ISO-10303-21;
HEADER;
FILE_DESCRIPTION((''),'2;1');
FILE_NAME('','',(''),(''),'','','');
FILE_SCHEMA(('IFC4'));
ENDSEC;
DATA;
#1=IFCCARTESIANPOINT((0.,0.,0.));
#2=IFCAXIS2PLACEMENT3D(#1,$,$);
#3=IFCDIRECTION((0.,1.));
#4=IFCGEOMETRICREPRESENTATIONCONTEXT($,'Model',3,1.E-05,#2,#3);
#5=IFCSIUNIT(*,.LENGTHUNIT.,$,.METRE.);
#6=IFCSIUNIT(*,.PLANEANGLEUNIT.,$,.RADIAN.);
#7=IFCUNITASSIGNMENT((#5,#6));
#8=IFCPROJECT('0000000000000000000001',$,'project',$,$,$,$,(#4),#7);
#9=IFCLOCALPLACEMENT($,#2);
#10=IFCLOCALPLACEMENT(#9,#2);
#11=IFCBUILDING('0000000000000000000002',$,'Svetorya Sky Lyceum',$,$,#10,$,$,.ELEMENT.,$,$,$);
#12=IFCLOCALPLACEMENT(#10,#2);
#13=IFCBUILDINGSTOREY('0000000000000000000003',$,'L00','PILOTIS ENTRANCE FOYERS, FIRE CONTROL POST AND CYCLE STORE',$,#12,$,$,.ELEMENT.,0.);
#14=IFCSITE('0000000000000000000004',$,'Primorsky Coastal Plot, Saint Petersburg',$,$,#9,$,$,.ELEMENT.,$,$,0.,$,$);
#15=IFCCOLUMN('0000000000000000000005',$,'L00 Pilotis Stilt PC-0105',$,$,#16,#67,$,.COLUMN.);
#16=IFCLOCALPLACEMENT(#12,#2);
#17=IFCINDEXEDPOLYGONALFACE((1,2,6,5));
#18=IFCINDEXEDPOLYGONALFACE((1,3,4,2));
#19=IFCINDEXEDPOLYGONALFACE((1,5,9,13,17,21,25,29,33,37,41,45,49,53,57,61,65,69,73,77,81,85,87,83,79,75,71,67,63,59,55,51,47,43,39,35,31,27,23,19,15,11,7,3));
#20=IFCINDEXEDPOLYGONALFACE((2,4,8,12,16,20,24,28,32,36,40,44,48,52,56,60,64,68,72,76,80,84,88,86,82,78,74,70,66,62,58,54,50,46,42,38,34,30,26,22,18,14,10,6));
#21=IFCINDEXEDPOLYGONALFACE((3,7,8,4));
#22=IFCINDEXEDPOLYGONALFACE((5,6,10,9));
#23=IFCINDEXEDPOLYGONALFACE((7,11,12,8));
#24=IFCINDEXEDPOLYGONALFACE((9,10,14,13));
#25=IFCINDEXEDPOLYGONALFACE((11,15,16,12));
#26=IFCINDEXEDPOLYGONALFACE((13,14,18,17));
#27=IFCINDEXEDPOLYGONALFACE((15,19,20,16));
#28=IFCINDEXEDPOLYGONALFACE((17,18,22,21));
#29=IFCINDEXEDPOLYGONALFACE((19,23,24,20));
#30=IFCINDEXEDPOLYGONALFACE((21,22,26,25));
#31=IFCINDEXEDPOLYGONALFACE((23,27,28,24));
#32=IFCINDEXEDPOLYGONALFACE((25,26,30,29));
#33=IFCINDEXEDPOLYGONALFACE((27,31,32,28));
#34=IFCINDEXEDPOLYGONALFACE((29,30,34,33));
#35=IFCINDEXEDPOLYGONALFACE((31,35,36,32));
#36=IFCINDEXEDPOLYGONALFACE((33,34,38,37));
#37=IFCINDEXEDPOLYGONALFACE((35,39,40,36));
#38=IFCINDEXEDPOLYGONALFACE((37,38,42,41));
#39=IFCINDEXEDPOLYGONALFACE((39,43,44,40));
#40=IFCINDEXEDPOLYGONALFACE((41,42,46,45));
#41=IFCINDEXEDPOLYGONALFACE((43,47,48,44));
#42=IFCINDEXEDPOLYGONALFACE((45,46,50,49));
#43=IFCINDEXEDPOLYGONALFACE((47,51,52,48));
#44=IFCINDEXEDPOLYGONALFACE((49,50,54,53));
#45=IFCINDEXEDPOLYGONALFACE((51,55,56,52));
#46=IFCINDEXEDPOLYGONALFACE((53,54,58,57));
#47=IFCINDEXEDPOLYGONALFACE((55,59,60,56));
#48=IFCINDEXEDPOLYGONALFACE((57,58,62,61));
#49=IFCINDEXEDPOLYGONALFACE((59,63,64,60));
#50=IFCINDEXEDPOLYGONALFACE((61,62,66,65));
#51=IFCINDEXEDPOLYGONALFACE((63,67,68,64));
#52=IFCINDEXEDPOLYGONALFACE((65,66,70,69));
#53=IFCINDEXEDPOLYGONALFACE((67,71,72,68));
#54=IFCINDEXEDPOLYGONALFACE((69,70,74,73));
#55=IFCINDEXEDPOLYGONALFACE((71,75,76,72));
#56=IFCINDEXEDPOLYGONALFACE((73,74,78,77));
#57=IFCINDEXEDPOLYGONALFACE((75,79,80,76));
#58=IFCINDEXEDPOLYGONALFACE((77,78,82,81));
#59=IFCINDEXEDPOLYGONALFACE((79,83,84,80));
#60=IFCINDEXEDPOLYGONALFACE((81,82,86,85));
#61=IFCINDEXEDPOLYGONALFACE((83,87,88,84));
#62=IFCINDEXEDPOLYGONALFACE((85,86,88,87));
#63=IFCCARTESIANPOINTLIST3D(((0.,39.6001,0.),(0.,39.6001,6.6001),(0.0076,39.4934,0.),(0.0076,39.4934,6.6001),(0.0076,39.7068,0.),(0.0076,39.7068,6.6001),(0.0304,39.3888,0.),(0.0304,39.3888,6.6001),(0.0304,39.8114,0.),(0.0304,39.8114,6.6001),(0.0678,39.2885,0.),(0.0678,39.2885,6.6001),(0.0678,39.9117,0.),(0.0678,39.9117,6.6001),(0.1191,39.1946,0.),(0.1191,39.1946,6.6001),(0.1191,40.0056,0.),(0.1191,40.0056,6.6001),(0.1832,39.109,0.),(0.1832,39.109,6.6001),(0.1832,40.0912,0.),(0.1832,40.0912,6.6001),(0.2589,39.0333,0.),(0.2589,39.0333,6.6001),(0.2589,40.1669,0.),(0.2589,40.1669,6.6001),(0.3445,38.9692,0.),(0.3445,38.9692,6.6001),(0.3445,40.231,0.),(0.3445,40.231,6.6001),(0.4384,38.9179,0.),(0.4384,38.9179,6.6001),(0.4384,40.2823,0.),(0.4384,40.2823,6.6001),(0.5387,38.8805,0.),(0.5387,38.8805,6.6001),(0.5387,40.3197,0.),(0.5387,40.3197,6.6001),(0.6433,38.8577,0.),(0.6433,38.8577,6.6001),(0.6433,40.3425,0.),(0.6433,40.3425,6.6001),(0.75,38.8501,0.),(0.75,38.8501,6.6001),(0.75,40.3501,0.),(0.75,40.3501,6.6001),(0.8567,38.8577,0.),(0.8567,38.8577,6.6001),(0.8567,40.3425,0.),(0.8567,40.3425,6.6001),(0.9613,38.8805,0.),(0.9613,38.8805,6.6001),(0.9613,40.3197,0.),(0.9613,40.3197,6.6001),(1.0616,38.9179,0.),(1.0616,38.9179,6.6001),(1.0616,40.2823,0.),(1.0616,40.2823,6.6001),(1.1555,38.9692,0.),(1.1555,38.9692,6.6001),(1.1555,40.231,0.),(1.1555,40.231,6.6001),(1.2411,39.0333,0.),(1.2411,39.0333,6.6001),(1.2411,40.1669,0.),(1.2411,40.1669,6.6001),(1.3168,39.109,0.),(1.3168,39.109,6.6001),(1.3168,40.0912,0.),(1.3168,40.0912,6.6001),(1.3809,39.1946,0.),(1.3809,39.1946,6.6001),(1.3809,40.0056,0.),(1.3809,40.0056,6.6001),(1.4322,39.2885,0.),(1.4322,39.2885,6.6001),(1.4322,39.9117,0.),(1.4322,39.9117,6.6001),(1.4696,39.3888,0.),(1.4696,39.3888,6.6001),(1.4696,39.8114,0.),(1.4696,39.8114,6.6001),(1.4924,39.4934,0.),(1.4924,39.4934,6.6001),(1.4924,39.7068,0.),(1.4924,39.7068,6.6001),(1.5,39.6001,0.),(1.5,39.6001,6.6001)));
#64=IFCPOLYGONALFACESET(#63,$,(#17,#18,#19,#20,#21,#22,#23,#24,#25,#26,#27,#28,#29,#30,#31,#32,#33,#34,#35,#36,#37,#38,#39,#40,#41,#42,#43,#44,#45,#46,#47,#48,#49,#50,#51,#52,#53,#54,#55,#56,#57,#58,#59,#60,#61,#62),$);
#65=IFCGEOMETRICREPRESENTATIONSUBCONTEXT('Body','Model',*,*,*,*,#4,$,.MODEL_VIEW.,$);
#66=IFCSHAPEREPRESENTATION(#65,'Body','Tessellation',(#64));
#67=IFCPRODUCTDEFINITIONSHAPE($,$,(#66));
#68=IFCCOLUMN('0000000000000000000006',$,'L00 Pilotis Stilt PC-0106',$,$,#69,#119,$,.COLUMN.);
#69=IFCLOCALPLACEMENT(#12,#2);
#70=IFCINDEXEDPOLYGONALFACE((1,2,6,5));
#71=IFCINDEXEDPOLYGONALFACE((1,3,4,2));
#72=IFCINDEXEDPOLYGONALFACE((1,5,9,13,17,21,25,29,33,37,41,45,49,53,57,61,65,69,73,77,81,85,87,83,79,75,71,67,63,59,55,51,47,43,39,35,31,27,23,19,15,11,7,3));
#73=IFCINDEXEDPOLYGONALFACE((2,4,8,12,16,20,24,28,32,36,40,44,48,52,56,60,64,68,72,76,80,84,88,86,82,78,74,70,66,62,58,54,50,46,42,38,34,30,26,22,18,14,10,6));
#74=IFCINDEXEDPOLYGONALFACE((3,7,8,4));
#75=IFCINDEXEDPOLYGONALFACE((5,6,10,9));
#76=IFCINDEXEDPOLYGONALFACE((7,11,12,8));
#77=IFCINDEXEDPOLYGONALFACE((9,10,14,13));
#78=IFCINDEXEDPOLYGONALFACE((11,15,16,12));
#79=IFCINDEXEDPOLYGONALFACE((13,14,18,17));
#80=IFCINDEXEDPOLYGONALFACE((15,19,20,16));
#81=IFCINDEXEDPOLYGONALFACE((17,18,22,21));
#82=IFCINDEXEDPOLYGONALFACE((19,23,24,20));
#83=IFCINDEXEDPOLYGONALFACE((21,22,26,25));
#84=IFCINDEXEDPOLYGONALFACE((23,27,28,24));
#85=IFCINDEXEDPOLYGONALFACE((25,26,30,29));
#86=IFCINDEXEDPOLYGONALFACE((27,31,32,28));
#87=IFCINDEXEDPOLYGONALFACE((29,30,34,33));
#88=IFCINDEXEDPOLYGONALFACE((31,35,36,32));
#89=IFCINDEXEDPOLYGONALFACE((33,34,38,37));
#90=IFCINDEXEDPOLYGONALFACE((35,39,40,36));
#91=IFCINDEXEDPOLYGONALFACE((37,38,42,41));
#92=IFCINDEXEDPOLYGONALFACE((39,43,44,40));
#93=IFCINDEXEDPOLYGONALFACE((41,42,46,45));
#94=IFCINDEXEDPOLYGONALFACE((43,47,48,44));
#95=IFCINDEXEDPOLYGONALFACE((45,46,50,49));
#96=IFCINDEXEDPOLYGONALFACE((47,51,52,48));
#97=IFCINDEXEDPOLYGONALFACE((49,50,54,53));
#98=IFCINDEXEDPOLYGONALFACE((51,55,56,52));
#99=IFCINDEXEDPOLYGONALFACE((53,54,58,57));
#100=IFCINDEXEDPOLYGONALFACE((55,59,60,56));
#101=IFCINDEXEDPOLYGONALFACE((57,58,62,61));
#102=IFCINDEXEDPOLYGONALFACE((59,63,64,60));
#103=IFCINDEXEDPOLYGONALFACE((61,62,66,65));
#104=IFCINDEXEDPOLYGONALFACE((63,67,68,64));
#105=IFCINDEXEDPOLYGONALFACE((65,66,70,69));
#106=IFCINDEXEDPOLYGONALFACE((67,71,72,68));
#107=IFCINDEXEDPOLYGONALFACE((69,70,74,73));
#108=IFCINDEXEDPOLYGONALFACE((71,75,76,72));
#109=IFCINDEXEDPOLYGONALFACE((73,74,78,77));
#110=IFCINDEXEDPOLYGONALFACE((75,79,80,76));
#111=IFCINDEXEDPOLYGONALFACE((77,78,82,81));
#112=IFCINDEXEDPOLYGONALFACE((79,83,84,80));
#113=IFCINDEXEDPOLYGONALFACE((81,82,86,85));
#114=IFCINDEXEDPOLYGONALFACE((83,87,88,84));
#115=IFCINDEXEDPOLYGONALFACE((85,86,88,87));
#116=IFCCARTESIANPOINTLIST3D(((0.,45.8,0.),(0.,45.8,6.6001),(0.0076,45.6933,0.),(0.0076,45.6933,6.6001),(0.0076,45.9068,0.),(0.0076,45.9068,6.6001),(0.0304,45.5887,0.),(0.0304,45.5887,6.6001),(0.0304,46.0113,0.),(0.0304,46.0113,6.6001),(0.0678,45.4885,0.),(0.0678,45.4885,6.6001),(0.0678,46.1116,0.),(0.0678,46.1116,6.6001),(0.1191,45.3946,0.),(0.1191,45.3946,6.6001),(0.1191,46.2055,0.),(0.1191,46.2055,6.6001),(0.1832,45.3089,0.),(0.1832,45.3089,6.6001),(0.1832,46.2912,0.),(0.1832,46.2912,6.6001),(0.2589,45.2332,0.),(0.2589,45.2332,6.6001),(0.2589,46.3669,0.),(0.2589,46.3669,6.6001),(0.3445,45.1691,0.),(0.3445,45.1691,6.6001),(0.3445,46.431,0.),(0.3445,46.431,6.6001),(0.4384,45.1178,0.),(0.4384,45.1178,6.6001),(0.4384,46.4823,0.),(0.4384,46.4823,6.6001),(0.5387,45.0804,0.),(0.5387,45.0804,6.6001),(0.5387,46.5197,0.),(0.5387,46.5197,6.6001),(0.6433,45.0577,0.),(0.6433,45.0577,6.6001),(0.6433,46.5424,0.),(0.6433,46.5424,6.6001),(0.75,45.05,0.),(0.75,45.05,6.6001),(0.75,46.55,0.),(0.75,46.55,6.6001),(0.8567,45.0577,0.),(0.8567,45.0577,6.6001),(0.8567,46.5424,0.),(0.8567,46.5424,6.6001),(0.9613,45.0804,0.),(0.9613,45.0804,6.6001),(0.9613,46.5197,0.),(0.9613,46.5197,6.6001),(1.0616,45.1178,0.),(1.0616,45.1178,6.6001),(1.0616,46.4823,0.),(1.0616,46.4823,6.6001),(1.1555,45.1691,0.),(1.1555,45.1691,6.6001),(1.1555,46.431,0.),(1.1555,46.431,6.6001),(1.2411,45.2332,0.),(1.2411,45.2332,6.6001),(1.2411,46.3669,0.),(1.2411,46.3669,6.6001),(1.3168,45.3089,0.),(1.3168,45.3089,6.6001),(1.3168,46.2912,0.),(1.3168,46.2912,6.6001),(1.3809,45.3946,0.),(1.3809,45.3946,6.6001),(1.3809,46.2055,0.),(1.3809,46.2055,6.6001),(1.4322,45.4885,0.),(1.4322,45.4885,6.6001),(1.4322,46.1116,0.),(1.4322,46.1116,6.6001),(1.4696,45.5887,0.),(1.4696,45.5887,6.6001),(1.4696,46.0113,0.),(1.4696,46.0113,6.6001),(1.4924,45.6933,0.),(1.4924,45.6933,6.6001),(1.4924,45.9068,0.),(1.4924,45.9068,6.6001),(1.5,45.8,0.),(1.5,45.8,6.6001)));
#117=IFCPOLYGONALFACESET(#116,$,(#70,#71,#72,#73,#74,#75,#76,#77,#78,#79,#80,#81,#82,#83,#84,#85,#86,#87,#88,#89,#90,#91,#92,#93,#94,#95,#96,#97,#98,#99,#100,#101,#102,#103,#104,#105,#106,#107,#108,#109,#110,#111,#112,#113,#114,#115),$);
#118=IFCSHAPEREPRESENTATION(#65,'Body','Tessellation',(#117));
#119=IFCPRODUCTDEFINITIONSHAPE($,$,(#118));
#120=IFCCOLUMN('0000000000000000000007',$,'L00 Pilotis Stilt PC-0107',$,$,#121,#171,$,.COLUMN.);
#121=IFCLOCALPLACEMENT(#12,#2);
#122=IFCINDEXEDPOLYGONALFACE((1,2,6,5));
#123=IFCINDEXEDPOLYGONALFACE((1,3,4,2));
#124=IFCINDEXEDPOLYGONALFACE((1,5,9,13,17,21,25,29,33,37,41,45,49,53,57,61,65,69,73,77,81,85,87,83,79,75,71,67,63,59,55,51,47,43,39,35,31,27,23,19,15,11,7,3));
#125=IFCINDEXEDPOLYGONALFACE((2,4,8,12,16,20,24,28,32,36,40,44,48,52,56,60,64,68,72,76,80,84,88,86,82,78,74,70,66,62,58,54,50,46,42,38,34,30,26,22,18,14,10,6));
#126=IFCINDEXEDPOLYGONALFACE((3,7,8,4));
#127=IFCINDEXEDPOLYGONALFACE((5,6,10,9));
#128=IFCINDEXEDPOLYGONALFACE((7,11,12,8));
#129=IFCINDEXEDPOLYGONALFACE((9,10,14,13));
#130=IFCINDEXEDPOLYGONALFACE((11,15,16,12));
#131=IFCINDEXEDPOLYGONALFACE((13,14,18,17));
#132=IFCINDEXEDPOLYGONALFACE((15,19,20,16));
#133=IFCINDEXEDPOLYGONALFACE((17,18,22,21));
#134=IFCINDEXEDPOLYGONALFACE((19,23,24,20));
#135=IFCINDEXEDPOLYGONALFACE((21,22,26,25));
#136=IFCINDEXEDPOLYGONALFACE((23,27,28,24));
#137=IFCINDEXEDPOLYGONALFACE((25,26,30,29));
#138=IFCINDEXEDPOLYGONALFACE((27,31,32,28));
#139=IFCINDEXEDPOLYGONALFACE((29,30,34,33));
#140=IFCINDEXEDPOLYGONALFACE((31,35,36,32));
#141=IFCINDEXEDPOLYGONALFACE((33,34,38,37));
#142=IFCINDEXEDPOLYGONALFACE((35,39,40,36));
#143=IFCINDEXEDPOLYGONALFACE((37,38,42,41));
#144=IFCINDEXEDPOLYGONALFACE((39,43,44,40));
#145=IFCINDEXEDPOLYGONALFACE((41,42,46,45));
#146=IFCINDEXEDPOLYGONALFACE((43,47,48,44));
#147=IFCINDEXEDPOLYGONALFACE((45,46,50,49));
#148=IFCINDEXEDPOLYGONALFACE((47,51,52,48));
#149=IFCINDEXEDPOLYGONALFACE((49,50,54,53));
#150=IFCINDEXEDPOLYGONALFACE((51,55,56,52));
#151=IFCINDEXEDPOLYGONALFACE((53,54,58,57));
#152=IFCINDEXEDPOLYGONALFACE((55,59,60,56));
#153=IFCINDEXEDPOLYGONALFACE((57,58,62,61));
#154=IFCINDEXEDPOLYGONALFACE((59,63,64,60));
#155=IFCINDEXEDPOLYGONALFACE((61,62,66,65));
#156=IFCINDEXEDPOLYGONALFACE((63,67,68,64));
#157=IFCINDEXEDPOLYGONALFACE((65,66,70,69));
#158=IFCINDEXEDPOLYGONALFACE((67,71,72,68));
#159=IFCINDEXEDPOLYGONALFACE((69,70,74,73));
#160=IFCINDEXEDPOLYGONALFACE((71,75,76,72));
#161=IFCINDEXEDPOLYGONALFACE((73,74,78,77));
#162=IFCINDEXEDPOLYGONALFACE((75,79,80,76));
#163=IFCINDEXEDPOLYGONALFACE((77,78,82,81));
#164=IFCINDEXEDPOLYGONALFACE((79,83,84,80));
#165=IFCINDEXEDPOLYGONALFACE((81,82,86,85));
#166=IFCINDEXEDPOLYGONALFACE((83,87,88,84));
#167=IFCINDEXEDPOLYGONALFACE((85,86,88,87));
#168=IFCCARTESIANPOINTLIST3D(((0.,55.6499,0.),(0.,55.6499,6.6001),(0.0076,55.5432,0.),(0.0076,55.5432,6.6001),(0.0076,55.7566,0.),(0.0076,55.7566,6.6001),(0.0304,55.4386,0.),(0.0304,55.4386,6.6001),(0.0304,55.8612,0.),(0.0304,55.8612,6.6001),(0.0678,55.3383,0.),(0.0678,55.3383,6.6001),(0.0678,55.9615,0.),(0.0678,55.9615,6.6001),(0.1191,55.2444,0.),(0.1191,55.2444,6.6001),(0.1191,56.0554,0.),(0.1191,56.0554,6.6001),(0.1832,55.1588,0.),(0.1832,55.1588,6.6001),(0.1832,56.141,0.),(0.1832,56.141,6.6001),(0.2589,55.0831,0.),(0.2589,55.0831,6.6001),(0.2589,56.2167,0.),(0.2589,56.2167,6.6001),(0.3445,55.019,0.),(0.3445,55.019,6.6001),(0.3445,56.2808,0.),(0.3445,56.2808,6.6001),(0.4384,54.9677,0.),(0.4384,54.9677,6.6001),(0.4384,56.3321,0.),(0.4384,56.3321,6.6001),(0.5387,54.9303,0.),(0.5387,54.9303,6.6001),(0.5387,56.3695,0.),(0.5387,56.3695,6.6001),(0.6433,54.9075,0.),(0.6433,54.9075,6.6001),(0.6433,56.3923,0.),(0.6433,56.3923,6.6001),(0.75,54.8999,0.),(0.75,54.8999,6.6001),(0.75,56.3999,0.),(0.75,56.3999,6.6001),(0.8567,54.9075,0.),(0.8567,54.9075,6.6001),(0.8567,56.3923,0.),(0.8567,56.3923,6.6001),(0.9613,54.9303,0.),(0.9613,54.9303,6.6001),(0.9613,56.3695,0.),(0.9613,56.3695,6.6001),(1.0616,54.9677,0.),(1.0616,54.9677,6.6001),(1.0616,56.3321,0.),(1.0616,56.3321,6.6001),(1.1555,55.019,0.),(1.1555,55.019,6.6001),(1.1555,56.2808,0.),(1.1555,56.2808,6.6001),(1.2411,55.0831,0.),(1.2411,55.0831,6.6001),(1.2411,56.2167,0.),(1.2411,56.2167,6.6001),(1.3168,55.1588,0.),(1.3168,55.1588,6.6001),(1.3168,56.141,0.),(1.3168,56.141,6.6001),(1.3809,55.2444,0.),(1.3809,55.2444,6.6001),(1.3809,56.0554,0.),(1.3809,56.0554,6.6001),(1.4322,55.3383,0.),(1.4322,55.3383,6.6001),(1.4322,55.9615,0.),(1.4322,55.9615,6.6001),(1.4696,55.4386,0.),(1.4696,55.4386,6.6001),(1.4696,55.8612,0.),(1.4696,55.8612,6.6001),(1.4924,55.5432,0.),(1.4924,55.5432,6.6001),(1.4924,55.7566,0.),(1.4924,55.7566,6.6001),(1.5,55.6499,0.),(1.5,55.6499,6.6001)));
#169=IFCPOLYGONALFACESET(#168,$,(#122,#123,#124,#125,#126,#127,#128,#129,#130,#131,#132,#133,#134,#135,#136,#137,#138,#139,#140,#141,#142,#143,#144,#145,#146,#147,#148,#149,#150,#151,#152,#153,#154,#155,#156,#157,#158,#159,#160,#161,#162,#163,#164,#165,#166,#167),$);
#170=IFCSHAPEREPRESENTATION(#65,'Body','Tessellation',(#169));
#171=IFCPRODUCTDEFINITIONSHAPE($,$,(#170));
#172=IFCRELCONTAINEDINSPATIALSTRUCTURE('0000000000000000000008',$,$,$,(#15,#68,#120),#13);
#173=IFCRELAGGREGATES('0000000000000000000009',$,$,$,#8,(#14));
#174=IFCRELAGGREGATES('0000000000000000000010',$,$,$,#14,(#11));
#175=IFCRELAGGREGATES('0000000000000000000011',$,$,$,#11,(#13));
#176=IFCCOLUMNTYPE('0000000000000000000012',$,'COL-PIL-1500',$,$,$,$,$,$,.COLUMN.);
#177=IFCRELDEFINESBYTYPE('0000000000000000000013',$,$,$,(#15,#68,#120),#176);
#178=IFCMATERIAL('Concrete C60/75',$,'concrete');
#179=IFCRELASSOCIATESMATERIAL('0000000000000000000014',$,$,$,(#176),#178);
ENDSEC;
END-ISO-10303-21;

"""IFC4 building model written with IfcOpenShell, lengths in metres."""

from ifc_helpers import new_model, si_unit, direction, frame, origin, origin_2d, place, context, subcontext, project, spatial, circle, extrude, material, material_profile, profile_set, type_object, element, save


model = new_model("IFC4")

# Units and contexts
model_context = context("Model", 3, precision=1e-05, world=origin(), true_north=direction((0.0, 1.0)))
body_context = subcontext(model_context, "Body", "Model", "MODEL_VIEW")
ifc_project = project(units=[si_unit("LENGTHUNIT", "METRE"), si_unit("PLANEANGLEUNIT", "RADIAN")], contexts=[model_context])

# Site, building, storey
site_placement = place(None, origin())
site = spatial("IfcSite", under=ifc_project, at=site_placement, Name="Primorsky Coastal Plot, Saint Petersburg", CompositionType="ELEMENT", RefElevation=0.0)
building_placement = place(site_placement, origin())
building = spatial("IfcBuilding", under=site, at=building_placement, Name="Svetorya Sky Lyceum", CompositionType="ELEMENT")
storey_placement = place(building_placement, origin())
storey = spatial("IfcBuildingStorey", under=building, at=storey_placement, Name="L00", Description="PILOTIS ENTRANCE FOYERS, FIRE CONTROL POST AND CYCLE STORE", CompositionType="ELEMENT", Elevation=0.0)

# Columns
ifc_material_1 = material(Name="Concrete C60/75", Category="concrete")
ifc_material_profile_1 = material_profile(ifc_material_1, circle(Radius=0.75, at=origin_2d()), Name="RC PILOTI D1500")
ifc_profile_set_1 = profile_set([ifc_material_profile_1], Name="Concrete C60/75")
column_type_1 = type_object("IfcColumnType", Name="COL-PIL-1500", PredefinedType="COLUMN", material=ifc_profile_set_1)
for number, where, z_axis, x_axis, name in (
    (1, (0.75, 39.6001, 0.0), (0.0, 0.0, 1.0), (1.0, 0.0, 0.0), "L00 Pilotis Stilt PC-0105"),
    (2, (0.75, 45.8, 0.0), (0.0, 0.0, 1.0), (1.0, 0.0, 0.0), "L00 Pilotis Stilt PC-0106"),
    (3, (0.75, 55.6499, 0.0), (0.0, 0.0, 1.0), (1.0, 0.0, 0.0), "L00 Pilotis Stilt PC-0107"),
):
    element("IfcColumn", number, at=place(storey_placement, frame(where, z_axis=z_axis, x_axis=x_axis)), inside=storey, type_object=column_type_1, Name=name, PredefinedType="COLUMN", context=body_context, shape_type="SweptSolid", body=[
        extrude(circle(Radius=0.75, at=origin_2d()), origin(), (0.0, 0.0, 1.0), 6.6001),
    ])

save(model, "model.ifc")
